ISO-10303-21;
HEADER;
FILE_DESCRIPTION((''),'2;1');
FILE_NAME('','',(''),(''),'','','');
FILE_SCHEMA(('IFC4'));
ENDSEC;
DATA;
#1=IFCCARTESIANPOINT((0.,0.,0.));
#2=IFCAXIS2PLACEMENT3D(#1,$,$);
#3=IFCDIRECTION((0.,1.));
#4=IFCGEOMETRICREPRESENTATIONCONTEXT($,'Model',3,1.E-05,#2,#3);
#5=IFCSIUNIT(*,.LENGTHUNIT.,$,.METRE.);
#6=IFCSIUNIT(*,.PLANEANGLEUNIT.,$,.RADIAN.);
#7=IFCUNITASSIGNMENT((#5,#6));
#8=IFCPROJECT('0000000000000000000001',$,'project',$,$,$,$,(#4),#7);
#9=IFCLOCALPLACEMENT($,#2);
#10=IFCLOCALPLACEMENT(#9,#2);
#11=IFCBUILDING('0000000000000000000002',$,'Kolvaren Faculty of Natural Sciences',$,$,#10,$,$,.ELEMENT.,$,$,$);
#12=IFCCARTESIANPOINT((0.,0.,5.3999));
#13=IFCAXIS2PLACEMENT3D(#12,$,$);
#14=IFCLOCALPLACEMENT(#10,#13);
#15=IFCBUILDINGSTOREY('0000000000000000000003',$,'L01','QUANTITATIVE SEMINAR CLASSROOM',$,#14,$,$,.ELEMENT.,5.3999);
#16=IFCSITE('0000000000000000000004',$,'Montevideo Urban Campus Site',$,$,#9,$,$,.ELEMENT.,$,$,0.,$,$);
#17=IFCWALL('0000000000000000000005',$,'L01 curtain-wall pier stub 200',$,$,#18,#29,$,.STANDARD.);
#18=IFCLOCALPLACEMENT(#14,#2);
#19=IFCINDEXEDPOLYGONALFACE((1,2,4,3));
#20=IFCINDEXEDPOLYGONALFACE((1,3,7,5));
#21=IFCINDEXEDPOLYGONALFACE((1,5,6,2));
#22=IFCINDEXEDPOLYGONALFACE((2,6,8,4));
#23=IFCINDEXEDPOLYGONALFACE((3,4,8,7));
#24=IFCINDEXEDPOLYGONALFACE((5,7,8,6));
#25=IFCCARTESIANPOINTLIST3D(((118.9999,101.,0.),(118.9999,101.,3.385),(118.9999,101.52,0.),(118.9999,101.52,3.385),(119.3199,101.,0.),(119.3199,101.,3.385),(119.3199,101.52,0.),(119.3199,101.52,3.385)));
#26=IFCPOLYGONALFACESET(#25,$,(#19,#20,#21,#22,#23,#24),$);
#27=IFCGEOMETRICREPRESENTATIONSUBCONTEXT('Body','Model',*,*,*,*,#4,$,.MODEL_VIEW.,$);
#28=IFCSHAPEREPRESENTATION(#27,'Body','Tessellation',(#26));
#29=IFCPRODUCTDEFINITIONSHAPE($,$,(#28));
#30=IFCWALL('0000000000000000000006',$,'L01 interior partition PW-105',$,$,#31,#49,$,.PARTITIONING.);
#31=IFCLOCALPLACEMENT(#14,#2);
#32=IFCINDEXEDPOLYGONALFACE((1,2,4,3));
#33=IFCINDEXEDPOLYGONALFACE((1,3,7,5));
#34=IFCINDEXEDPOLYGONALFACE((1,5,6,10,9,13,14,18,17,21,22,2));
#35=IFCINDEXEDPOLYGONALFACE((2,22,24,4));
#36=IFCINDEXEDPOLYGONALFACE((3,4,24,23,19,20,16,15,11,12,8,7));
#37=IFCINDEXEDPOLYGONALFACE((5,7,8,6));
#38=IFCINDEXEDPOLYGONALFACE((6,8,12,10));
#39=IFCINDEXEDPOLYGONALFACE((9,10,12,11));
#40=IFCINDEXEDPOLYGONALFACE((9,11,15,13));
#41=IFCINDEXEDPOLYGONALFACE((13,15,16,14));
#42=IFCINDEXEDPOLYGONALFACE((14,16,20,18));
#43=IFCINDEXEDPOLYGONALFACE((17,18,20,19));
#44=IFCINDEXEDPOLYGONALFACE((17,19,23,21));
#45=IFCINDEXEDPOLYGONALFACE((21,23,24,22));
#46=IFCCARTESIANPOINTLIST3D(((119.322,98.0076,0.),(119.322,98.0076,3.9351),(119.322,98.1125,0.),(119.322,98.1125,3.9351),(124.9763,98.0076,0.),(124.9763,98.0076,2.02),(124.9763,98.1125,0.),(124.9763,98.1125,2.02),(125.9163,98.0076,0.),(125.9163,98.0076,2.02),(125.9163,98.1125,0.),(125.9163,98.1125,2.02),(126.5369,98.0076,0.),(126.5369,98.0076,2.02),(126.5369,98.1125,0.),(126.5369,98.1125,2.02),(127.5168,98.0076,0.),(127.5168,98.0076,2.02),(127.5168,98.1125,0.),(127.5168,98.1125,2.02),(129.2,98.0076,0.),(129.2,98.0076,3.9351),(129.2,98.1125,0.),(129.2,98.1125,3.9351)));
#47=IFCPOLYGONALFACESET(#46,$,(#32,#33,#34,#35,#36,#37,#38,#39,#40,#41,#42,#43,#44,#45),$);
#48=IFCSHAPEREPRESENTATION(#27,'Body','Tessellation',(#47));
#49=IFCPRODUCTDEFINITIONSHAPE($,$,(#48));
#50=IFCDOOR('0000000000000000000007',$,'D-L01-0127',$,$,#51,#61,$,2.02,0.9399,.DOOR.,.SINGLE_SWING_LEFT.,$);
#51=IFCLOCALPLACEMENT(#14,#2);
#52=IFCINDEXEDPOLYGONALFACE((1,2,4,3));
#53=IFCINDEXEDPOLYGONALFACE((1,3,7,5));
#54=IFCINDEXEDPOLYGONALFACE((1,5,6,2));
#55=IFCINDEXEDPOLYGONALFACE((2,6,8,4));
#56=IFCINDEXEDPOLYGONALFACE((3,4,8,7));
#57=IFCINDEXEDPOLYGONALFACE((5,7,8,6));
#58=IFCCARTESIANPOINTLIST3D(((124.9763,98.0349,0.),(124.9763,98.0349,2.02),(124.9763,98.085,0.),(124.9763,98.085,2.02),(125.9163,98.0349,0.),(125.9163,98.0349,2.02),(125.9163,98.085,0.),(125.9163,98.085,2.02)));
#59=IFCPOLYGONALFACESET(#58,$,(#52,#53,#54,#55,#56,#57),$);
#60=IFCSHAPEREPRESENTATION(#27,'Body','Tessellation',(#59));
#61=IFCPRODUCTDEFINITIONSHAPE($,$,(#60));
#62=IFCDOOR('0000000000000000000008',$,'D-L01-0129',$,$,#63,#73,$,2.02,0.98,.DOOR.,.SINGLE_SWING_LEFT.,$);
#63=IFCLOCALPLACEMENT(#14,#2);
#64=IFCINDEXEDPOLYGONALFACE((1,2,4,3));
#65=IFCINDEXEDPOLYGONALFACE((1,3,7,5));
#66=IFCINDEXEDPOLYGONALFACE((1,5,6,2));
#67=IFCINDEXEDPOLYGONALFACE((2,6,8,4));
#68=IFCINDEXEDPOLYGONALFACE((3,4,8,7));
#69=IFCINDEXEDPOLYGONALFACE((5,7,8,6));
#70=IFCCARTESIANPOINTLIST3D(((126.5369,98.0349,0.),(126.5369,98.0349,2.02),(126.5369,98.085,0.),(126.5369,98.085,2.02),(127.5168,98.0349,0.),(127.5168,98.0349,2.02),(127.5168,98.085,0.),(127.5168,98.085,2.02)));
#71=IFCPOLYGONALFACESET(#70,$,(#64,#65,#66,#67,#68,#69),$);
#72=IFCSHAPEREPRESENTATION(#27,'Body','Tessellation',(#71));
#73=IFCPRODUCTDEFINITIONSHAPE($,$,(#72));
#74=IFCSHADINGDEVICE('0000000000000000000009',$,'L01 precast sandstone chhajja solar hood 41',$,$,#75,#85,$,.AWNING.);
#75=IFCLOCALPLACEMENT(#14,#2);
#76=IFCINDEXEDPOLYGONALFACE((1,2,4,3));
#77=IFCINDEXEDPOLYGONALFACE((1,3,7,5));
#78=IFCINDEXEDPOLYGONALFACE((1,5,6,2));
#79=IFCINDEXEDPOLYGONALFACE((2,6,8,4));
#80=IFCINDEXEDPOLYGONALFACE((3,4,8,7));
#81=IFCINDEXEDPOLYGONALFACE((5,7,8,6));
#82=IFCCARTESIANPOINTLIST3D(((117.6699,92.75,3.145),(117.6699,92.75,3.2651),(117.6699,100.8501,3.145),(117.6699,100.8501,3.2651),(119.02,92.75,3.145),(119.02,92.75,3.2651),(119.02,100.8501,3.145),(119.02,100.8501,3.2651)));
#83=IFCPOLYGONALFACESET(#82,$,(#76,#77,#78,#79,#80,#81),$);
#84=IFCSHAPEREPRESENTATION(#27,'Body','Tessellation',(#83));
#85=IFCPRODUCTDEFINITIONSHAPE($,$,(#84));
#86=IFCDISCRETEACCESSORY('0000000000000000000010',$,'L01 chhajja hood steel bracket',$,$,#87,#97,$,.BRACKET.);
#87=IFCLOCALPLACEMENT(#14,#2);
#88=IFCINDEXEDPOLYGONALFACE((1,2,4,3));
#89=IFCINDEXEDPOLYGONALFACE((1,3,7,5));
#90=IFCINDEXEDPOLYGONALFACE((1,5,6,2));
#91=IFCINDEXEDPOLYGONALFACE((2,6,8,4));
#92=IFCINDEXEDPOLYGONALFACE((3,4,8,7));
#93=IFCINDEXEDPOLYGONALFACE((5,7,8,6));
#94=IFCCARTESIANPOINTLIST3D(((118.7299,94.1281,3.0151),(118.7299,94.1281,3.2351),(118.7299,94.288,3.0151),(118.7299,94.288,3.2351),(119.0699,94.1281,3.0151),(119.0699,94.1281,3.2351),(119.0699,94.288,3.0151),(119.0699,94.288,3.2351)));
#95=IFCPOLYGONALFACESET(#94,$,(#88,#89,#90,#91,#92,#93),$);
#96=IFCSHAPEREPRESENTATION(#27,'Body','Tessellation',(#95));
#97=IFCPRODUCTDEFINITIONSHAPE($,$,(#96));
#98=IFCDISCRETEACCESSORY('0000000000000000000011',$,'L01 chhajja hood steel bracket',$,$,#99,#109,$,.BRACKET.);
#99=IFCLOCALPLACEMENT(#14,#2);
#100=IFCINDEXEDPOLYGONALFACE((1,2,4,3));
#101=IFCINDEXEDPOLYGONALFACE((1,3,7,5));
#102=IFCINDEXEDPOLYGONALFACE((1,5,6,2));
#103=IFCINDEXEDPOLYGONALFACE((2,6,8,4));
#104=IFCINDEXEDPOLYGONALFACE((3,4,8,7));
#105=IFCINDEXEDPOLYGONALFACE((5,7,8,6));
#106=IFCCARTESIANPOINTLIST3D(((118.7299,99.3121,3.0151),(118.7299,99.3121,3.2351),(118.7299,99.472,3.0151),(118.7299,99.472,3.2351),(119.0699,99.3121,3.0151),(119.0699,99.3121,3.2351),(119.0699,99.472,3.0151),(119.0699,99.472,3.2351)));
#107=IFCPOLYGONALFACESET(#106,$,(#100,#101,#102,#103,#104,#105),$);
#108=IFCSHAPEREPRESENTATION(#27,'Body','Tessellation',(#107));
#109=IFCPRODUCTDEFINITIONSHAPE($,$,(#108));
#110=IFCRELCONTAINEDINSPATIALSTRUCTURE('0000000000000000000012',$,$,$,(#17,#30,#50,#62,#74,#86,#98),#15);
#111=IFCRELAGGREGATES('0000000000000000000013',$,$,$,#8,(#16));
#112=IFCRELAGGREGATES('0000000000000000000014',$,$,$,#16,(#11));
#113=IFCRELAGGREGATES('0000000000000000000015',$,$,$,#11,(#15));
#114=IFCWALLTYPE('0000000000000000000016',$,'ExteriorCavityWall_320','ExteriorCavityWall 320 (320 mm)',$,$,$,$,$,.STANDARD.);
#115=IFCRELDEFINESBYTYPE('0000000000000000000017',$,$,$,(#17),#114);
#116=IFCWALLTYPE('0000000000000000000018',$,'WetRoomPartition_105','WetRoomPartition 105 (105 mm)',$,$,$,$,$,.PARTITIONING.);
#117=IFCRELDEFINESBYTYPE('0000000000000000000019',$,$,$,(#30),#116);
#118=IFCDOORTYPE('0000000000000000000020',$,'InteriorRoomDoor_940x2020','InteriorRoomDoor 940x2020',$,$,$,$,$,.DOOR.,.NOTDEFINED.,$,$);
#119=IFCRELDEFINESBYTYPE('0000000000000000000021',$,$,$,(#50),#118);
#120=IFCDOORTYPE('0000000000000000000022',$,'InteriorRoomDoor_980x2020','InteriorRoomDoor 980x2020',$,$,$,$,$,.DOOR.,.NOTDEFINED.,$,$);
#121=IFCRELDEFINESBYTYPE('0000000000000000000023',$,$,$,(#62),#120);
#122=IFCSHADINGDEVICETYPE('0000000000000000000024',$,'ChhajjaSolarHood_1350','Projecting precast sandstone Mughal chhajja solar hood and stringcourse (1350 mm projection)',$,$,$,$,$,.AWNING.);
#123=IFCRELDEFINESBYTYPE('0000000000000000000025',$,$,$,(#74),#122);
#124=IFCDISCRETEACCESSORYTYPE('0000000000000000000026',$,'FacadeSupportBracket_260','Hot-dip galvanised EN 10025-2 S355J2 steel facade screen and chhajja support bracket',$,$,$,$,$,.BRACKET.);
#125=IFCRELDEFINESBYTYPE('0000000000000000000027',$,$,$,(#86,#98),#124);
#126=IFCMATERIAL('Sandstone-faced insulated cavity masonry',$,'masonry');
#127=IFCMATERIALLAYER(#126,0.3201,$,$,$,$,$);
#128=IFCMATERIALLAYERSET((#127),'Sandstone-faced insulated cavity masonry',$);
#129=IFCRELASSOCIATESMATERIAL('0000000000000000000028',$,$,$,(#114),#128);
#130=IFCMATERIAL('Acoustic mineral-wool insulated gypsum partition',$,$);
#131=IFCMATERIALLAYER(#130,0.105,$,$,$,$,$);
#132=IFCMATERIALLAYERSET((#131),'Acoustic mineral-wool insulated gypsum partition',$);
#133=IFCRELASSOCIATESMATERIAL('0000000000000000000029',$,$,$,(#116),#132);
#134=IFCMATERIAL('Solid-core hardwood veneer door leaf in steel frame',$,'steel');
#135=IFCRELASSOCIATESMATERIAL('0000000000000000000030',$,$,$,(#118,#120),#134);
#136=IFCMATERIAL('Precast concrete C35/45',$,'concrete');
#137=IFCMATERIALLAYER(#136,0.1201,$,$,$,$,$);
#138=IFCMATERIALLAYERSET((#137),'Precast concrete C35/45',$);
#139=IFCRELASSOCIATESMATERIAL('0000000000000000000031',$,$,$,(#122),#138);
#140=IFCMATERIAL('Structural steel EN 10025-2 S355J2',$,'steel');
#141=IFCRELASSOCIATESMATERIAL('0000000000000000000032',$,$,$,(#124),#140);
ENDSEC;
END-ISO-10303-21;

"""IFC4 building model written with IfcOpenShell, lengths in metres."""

from ifc_helpers import new_model, si_unit, direction, frame, frame_2d, origin, origin_2d, place, context, subcontext, project, spatial, rectangle, extrude, material, layer, layer_set, type_object, element, fill, save


model = new_model("IFC4")

# Units and contexts
model_context = context("Model", 3, precision=1e-05, world=origin(), true_north=direction((0.0, 1.0)))
body_context = subcontext(model_context, "Body", "Model", "MODEL_VIEW")
ifc_project = project(units=[si_unit("LENGTHUNIT", "METRE"), si_unit("PLANEANGLEUNIT", "RADIAN")], contexts=[model_context])

# Site, building, storey
site_placement = place(None, origin())
site = spatial("IfcSite", under=ifc_project, at=site_placement, Name="Montevideo Urban Campus Site", CompositionType="ELEMENT", RefElevation=0.0)
building_placement = place(site_placement, origin())
building = spatial("IfcBuilding", under=site, at=building_placement, Name="Kolvaren Faculty of Natural Sciences", CompositionType="ELEMENT")
storey_placement = place(building_placement, frame((0.0, 0.0, 5.3999)))
storey = spatial("IfcBuildingStorey", under=building, at=storey_placement, Name="L01", Description="QUANTITATIVE SEMINAR CLASSROOM", CompositionType="ELEMENT", Elevation=5.3999)

# Wall
ifc_material_1 = material(Name="Sandstone-faced insulated cavity masonry", Category="masonry")
ifc_layer_1 = layer(ifc_material_1, 0.3201)
ifc_layer_set_1 = layer_set([ifc_layer_1], Name="Sandstone-faced insulated cavity masonry")
wall_type_1 = type_object("IfcWallType", Name="ExteriorCavityWall_320", Description="ExteriorCavityWall 320 (320 mm)", PredefinedType="STANDARD", material=ifc_layer_set_1)
wall_1_placement = place(storey_placement, frame((119.1599, 101.0, 0.0), z_axis=(0.0, 0.0, 1.0), x_axis=(0.0, 1.0, 0.0)))
element("IfcWall", 1, at=wall_1_placement, inside=storey, type_object=wall_type_1, Name="L01 curtain-wall pier stub 200", PredefinedType="STANDARD", context=body_context, shape_type="SweptSolid", body=[
    extrude(rectangle(XDim=0.52, YDim=0.3201, at=frame_2d((0.26, 0.0))), origin(), (0.0, 0.0, 1.0), 3.385),
])

# Wall, openings, doors
ifc_material_2 = material(Name="Acoustic mineral-wool insulated gypsum partition")
ifc_layer_2 = layer(ifc_material_2, 0.105)
ifc_layer_set_2 = layer_set([ifc_layer_2], Name="Acoustic mineral-wool insulated gypsum partition")
wall_type_2 = type_object("IfcWallType", Name="WetRoomPartition_105", Description="WetRoomPartition 105 (105 mm)", PredefinedType="PARTITIONING", material=ifc_layer_set_2)
wall_2_placement = place(storey_placement, frame((119.322, 98.0601, 0.0), z_axis=(0.0, 0.0, 1.0), x_axis=(1.0, 0.0, 0.0)))
wall_2 = element("IfcWall", 2, at=wall_2_placement, inside=storey, type_object=wall_type_2, Name="L01 interior partition PW-105", PredefinedType="PARTITIONING", context=body_context, shape_type="SweptSolid", body=[
    extrude(rectangle(XDim=9.8779, YDim=0.105, at=frame_2d((4.939, 0.0))), origin(), (0.0, 0.0, 1.0), 3.9351),
])
opening_1_placement = place(wall_2_placement, frame((5.6543, 0.0, 0.0)))
opening_1 = element("IfcOpeningElement", 3, at=opening_1_placement, cuts=wall_2, PredefinedType="OPENING", context=body_context, shape_type="SweptSolid", body=[
    extrude(rectangle(XDim=0.9399, YDim=2.02, at=frame_2d((0.47, 1.01))), frame((0.0, 0.0625, 0.0), z_axis=(0.0, -1.0, 0.0), x_axis=(1.0, 0.0, 0.0)), (0.0, 0.0, 1.0), 0.125),
])
opening_2_placement = place(wall_2_placement, frame((7.2148, 0.0, 0.0)))
opening_2 = element("IfcOpeningElement", 4, at=opening_2_placement, cuts=wall_2, PredefinedType="OPENING", context=body_context, shape_type="SweptSolid", body=[
    extrude(rectangle(XDim=0.98, YDim=2.02, at=frame_2d((0.49, 1.01))), frame((0.0, 0.0625, 0.0), z_axis=(0.0, -1.0, 0.0), x_axis=(1.0, 0.0, 0.0)), (0.0, 0.0, 1.0), 0.125),
])
ifc_material_3 = material(Name="Solid-core hardwood veneer door leaf in steel frame", Category="steel")
door_type_1 = type_object("IfcDoorType", Name="InteriorRoomDoor_940x2020", Description="InteriorRoomDoor 940x2020", OperationType="NOTDEFINED", PredefinedType="DOOR", material=ifc_material_3)
door_1_placement = place(opening_1_placement, origin())
door_1 = element("IfcDoor", 5, at=door_1_placement, inside=storey, type_object=door_type_1, Name="D-L01-0127", OperationType="SINGLE_SWING_LEFT", OverallHeight=2.02, OverallWidth=0.9399, PredefinedType="DOOR", context=body_context, shape_type="SweptSolid", body=[
    extrude(rectangle(XDim=0.9399, YDim=2.02, at=frame_2d((0.47, 1.01))), frame((0.0, 0.0249, 0.0), z_axis=(0.0, -1.0, 0.0), x_axis=(1.0, 0.0, 0.0)), (0.0, 0.0, 1.0), 0.05),
])
fill(opening_1, door_1)
door_type_2 = type_object("IfcDoorType", Name="InteriorRoomDoor_980x2020", Description="InteriorRoomDoor 980x2020", OperationType="NOTDEFINED", PredefinedType="DOOR", material=ifc_material_3)
door_2_placement = place(opening_2_placement, origin())
door_2 = element("IfcDoor", 6, at=door_2_placement, inside=storey, type_object=door_type_2, Name="D-L01-0129", OperationType="SINGLE_SWING_LEFT", OverallHeight=2.02, OverallWidth=0.98, PredefinedType="DOOR", context=body_context, shape_type="SweptSolid", body=[
    extrude(rectangle(XDim=0.98, YDim=2.02, at=frame_2d((0.49, 1.01))), frame((0.0, 0.0249, 0.0), z_axis=(0.0, -1.0, 0.0), x_axis=(1.0, 0.0, 0.0)), (0.0, 0.0, 1.0), 0.05),
])
fill(opening_2, door_2)

# Shading device
ifc_material_4 = material(Name="Precast concrete C35/45", Category="concrete")
ifc_layer_3 = layer(ifc_material_4, 0.1201)
ifc_layer_set_3 = layer_set([ifc_layer_3], Name="Precast concrete C35/45")
shading_device_type = type_object("IfcShadingDeviceType", Name="ChhajjaSolarHood_1350", Description="Projecting precast sandstone Mughal chhajja solar hood and stringcourse (1350 mm projection)", PredefinedType="AWNING", material=ifc_layer_set_3)
shading_device_placement = place(storey_placement, frame((118.345, 96.8, 3.145), z_axis=(0.0, 0.0, 1.0), x_axis=(0.0, 1.0, 0.0)))
element("IfcShadingDevice", 7, at=shading_device_placement, inside=storey, type_object=shading_device_type, Name="L01 precast sandstone chhajja solar hood 41", PredefinedType="AWNING", context=body_context, shape_type="SweptSolid", body=[
    extrude(rectangle(XDim=8.1001, YDim=1.3501, at=origin_2d()), origin(), (0.0, 0.0, 1.0), 0.1201),
])

# Discrete accessories
ifc_material_5 = material(Name="Structural steel EN 10025-2 S355J2", Category="steel")
discrete_accessory_type = type_object("IfcDiscreteAccessoryType", Name="FacadeSupportBracket_260", Description="Hot-dip galvanised EN 10025-2 S355J2 steel facade screen and chhajja support bracket", PredefinedType="BRACKET", material=ifc_material_5)
for number, where, z_axis, x_axis, name in (
    (8, (118.8999, 94.208, 3.0151), (0.0, 0.0, 1.0), (0.0, 1.0, 0.0), "L01 chhajja hood steel bracket"),
    (9, (118.8999, 99.3921, 3.0151), (0.0, 0.0, 1.0), (0.0, 1.0, 0.0), "L01 chhajja hood steel bracket"),
):
    element("IfcDiscreteAccessory", number, at=place(storey_placement, frame(where, z_axis=z_axis, x_axis=x_axis)), inside=storey, type_object=discrete_accessory_type, Name=name, PredefinedType="BRACKET", context=body_context, shape_type="SweptSolid", body=[
        extrude(rectangle(XDim=0.1599, YDim=0.3401, at=origin_2d()), origin(), (0.0, 0.0, 1.0), 0.22),
    ])

save(model, "model.ifc")
